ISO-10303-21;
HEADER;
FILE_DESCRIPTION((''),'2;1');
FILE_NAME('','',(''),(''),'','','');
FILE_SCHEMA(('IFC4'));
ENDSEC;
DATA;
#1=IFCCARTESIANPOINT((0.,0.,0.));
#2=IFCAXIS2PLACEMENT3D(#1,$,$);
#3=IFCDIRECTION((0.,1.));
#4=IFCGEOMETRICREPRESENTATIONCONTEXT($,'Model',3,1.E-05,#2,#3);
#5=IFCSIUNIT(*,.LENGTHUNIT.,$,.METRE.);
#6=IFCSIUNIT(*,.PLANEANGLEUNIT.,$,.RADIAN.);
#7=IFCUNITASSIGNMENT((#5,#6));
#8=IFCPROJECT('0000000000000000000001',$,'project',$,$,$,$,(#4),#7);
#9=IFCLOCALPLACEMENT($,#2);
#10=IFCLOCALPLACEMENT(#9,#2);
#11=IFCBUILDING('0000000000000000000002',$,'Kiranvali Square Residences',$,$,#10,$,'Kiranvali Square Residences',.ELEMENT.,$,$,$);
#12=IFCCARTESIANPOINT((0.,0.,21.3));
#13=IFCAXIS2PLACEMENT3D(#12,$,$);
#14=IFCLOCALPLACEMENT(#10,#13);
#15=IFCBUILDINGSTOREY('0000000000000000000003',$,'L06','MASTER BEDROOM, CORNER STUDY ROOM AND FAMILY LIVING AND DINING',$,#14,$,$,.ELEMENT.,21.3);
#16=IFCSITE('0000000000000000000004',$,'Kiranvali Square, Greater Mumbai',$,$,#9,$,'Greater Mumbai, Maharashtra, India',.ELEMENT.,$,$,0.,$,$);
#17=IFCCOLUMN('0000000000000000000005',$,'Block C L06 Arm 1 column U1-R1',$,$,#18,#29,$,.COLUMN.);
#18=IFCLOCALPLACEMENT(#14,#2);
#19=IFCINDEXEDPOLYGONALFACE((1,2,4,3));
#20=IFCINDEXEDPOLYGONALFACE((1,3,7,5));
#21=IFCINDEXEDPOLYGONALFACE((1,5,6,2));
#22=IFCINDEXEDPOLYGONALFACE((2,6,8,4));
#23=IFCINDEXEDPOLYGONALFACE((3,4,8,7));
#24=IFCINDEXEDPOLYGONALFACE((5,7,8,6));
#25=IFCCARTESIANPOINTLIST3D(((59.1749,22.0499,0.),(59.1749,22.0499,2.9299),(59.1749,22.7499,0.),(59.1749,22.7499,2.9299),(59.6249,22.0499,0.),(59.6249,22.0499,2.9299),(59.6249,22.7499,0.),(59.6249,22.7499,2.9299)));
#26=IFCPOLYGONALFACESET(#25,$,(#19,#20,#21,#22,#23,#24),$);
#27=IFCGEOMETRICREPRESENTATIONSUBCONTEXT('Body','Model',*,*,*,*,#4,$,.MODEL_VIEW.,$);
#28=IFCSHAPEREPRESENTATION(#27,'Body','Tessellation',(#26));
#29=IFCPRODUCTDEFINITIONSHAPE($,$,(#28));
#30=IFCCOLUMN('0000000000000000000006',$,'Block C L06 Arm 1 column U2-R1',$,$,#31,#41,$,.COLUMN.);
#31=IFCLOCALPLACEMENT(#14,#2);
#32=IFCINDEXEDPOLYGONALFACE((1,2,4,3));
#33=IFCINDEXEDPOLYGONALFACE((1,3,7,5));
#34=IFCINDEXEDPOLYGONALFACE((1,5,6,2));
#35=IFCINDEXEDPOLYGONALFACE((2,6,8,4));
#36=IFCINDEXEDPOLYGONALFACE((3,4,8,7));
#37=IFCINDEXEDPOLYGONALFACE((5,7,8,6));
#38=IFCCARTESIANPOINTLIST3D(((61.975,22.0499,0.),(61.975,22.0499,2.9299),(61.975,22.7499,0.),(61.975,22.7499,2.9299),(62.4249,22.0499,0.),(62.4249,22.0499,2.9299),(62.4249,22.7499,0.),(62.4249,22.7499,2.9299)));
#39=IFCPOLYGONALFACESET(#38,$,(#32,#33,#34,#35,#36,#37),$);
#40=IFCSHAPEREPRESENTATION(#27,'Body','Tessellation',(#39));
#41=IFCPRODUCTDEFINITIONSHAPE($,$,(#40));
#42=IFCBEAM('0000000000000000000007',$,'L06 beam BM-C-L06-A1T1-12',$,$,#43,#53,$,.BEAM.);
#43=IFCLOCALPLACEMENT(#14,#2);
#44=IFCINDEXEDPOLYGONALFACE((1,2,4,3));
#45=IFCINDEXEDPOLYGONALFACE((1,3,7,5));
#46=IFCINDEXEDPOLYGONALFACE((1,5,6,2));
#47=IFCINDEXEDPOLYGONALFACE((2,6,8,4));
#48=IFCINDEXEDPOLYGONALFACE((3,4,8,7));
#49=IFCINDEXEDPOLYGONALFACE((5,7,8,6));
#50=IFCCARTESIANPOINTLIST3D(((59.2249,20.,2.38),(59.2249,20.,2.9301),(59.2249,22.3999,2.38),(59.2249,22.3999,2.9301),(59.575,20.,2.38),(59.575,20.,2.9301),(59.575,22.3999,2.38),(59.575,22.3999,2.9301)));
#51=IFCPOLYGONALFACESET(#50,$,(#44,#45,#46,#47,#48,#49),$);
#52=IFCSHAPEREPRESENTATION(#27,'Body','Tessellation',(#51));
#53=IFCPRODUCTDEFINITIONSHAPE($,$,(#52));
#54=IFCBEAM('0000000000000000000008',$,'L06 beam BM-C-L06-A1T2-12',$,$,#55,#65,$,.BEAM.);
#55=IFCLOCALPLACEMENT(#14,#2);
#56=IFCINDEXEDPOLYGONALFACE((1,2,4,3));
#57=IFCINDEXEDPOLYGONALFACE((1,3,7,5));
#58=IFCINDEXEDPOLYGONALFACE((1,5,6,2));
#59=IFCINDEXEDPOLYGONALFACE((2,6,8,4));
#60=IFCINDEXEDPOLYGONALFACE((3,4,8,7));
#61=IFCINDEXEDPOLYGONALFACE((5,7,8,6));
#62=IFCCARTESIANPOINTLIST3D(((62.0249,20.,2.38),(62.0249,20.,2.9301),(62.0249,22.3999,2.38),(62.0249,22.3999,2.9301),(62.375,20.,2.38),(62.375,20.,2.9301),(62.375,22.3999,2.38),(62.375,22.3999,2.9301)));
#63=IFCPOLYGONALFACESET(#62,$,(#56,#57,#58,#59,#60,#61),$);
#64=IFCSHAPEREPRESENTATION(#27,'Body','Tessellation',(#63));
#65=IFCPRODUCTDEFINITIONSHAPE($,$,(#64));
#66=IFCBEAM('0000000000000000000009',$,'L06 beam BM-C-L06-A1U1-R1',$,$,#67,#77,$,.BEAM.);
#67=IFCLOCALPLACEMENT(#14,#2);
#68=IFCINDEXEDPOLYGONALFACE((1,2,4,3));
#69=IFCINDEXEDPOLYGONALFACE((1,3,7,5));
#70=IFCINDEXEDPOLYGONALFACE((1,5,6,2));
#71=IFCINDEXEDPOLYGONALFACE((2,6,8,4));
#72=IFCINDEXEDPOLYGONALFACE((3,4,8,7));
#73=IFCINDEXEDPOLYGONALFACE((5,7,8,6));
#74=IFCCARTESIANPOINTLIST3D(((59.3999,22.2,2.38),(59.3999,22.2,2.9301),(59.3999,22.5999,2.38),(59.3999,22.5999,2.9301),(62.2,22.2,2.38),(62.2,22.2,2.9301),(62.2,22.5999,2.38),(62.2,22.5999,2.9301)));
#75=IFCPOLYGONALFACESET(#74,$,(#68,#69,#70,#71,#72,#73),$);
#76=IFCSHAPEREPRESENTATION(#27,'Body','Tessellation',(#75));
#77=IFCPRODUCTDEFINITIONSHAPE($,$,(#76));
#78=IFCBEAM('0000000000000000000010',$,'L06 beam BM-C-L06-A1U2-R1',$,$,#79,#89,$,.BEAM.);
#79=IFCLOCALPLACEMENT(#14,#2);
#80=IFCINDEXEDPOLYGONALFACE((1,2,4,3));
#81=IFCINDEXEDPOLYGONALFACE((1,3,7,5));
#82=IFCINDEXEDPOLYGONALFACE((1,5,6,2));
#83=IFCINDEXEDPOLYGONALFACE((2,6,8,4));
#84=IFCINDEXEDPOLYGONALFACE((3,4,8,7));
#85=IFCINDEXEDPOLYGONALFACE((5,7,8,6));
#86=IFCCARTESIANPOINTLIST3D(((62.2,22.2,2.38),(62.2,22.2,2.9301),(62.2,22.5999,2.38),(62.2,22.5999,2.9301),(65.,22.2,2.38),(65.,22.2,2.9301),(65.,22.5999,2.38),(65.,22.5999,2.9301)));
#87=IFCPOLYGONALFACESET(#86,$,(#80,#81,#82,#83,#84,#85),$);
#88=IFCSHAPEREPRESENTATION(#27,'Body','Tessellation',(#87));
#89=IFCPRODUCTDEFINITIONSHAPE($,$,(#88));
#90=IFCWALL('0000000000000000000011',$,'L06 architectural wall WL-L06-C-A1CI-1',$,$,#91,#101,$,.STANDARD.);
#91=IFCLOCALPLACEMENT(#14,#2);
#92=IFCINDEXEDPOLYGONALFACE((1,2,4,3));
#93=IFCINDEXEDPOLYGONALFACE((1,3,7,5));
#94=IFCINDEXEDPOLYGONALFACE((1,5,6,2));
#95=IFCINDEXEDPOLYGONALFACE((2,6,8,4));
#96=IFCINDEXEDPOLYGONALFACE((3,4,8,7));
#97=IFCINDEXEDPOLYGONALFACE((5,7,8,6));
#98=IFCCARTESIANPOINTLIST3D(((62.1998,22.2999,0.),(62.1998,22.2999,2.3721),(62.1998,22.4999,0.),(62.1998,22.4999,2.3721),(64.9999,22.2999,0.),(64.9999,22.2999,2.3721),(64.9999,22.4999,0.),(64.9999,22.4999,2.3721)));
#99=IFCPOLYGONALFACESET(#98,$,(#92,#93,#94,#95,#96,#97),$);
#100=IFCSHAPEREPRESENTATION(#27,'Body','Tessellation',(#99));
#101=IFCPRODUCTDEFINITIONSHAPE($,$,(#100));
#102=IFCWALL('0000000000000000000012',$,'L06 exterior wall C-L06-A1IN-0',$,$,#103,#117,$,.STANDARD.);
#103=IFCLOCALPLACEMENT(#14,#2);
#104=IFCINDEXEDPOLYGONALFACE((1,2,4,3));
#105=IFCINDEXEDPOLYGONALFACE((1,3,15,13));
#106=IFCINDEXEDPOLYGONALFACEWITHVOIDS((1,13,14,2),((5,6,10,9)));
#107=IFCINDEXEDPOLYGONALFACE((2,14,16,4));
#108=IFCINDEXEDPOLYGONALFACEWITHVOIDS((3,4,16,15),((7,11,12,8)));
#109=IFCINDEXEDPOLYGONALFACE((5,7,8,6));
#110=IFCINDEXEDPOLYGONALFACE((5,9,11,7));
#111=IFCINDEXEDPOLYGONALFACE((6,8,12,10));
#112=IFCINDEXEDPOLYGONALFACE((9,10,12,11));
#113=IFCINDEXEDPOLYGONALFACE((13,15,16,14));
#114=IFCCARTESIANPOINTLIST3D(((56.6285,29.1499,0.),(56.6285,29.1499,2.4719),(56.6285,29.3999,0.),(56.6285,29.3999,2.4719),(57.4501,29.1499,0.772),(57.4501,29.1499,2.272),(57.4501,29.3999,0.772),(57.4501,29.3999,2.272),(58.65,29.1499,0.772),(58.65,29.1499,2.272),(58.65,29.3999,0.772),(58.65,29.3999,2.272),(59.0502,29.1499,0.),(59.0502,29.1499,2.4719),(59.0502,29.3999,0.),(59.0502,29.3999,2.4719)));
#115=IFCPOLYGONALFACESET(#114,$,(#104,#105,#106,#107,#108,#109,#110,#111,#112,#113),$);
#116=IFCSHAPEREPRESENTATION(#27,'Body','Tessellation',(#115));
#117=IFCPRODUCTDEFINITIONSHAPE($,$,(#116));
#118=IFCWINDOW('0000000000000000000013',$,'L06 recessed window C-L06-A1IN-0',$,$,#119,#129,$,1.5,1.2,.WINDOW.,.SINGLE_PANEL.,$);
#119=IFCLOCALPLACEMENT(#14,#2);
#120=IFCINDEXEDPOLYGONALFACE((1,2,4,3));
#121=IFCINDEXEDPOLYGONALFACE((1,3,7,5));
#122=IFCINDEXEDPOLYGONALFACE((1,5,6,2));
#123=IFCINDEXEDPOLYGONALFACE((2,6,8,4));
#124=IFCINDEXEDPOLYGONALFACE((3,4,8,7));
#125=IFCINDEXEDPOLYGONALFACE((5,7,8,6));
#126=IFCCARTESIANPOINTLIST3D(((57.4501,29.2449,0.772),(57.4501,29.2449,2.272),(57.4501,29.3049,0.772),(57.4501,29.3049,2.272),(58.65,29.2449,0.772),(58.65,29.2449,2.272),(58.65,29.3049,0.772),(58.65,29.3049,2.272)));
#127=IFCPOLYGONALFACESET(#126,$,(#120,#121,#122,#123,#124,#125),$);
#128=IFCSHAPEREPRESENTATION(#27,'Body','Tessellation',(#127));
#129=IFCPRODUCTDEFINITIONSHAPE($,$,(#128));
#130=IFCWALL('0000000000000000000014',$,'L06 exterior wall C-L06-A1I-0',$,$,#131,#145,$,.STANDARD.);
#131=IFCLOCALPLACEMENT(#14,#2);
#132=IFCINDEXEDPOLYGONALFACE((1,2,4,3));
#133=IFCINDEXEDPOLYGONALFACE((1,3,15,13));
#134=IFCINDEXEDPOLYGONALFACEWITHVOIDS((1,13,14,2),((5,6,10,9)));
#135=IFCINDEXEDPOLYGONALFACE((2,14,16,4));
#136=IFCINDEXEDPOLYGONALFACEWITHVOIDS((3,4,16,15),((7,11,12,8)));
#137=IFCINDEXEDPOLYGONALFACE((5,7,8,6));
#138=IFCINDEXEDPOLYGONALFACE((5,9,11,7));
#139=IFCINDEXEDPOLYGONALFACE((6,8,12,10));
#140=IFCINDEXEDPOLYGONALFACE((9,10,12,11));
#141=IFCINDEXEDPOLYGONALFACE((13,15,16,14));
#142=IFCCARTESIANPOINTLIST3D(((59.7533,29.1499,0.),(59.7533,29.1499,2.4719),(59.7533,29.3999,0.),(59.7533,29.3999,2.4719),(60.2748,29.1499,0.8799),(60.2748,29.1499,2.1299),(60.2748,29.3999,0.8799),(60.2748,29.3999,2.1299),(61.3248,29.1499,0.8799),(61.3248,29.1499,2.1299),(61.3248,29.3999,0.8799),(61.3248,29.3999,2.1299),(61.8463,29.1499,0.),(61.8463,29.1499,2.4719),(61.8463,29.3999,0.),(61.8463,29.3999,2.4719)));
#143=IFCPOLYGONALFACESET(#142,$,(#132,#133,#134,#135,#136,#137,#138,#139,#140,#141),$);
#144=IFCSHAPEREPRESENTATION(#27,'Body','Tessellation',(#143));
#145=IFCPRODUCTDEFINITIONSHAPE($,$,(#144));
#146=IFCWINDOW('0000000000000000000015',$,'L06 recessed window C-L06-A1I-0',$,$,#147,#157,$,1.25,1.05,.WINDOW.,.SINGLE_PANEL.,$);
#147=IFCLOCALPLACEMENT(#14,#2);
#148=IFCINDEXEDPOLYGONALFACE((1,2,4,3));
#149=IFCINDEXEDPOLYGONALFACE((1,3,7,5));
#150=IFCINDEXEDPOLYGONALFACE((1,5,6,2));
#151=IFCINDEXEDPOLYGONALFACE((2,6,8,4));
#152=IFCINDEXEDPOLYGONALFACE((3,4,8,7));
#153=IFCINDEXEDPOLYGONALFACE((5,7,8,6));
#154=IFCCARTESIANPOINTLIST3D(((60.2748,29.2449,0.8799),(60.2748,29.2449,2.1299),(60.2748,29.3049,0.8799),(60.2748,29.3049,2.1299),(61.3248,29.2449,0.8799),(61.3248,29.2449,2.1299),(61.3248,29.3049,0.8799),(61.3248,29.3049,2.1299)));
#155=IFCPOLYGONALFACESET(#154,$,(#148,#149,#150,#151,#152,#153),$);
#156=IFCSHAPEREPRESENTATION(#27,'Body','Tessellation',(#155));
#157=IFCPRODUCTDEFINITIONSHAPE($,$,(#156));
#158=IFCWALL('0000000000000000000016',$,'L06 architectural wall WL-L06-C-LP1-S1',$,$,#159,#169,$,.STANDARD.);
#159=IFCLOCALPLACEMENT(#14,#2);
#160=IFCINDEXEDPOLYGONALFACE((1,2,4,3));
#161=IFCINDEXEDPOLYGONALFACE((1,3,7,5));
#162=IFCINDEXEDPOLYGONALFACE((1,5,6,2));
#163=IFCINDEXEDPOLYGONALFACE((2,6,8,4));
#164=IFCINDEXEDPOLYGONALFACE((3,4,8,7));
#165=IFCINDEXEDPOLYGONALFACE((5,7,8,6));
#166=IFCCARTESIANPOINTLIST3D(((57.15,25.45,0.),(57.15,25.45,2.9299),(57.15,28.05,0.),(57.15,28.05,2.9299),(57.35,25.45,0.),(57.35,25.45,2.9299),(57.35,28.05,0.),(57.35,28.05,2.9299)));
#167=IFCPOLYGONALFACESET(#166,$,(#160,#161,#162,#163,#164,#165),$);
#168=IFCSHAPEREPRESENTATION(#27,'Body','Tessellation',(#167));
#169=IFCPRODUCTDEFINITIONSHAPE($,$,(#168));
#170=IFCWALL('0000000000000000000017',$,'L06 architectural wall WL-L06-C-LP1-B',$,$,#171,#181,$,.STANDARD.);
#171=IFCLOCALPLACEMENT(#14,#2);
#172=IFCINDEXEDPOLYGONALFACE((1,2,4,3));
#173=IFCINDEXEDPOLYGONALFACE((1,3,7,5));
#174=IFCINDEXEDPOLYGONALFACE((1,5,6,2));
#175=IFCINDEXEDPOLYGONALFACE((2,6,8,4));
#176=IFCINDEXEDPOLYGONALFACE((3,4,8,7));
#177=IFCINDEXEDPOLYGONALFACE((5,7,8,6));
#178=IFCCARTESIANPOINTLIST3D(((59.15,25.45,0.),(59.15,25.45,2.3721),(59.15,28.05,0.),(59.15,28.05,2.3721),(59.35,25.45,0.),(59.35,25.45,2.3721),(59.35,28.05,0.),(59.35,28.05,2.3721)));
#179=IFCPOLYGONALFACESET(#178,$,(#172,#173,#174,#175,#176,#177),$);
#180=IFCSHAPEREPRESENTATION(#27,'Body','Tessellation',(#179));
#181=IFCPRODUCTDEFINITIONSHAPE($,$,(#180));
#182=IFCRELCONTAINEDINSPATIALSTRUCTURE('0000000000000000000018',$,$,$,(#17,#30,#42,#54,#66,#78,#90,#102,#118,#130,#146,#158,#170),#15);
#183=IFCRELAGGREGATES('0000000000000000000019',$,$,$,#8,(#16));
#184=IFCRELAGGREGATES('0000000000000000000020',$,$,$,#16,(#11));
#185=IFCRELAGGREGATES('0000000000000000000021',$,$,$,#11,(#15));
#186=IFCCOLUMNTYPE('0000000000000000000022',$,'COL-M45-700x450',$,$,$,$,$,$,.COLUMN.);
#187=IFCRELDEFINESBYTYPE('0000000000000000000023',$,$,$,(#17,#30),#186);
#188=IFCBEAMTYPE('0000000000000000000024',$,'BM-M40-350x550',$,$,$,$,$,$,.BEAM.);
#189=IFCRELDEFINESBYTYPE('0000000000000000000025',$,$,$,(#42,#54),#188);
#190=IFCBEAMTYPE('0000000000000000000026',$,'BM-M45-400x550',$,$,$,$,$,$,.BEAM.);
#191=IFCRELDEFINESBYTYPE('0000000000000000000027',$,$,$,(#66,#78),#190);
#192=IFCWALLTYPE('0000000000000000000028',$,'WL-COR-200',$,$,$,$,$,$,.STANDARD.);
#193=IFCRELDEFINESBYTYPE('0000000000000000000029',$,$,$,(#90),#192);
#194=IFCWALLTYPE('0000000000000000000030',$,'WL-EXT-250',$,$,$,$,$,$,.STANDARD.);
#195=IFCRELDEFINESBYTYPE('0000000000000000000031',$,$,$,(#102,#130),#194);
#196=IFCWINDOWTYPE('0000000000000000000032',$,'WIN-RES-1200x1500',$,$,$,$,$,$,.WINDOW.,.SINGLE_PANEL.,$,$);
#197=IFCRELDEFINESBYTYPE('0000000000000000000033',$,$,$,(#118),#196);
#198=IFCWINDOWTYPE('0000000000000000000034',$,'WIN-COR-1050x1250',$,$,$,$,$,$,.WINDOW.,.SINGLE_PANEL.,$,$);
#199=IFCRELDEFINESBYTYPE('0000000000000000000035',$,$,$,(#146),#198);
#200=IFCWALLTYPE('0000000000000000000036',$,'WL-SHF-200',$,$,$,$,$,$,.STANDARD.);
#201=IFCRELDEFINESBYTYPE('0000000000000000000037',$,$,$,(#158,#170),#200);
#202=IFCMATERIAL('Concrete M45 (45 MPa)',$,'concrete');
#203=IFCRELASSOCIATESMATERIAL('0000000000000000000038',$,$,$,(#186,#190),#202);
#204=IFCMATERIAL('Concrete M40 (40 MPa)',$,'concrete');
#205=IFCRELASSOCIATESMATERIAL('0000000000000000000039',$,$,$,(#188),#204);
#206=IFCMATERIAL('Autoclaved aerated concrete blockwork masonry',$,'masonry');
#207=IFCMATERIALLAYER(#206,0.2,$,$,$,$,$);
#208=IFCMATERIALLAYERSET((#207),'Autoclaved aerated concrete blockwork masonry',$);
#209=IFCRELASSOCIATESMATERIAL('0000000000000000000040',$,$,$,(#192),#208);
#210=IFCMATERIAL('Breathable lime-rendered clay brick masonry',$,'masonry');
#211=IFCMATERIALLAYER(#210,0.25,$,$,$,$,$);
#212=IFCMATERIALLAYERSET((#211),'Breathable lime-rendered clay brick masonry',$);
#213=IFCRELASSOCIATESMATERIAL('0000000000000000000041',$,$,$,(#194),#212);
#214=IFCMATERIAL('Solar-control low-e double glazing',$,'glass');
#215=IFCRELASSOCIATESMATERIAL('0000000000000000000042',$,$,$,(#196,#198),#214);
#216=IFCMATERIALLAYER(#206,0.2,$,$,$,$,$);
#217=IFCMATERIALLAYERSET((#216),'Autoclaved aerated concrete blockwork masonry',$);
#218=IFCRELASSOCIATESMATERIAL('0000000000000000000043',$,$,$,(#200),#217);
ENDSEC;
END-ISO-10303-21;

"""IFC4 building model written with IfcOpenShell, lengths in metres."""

from ifc_helpers import new_model, si_unit, direction, frame, frame_2d, origin, origin_2d, place, context, subcontext, project, spatial, rectangle, extrude, material, layer, layer_set, material_profile, profile_set, type_object, element, fill, save


model = new_model("IFC4")

# Units and contexts
model_context = context("Model", 3, precision=1e-05, world=origin(), true_north=direction((0.0, 1.0)))
body_context = subcontext(model_context, "Body", "Model", "MODEL_VIEW")
ifc_project = project(units=[si_unit("LENGTHUNIT", "METRE"), si_unit("PLANEANGLEUNIT", "RADIAN")], contexts=[model_context])

# Site, building, storey
site_placement = place(None, origin())
site = spatial("IfcSite", under=ifc_project, at=site_placement, Name="Kiranvali Square, Greater Mumbai", LongName="Greater Mumbai, Maharashtra, India", CompositionType="ELEMENT", RefElevation=0.0)
building_placement = place(site_placement, origin())
building = spatial("IfcBuilding", under=site, at=building_placement, Name="Kiranvali Square Residences", LongName="Kiranvali Square Residences", CompositionType="ELEMENT")
storey_placement = place(building_placement, frame((0.0, 0.0, 21.3)))
storey = spatial("IfcBuildingStorey", under=building, at=storey_placement, Name="L06", Description="MASTER BEDROOM, CORNER STUDY ROOM AND FAMILY LIVING AND DINING", CompositionType="ELEMENT", Elevation=21.3)

# Columns
ifc_material_1 = material(Name="Concrete M45 (45 MPa)", Category="concrete")
ifc_material_profile_1 = material_profile(ifc_material_1, rectangle(XDim=0.45, YDim=0.7, at=origin_2d()), Name="RC 700x450")
ifc_profile_set_1 = profile_set([ifc_material_profile_1], Name="Concrete M45 (45 MPa)")
column_type = type_object("IfcColumnType", Name="COL-M45-700x450", PredefinedType="COLUMN", material=ifc_profile_set_1)
for number, where, z_axis, x_axis, name in (
    (1, (59.3999, 22.3999, 0.0), (0.0, 0.0, 1.0), (1.0, 0.0, 0.0), "Block C L06 Arm 1 column U1-R1"),
    (2, (62.2, 22.3999, 0.0), (0.0, 0.0, 1.0), (1.0, 0.0, 0.0), "Block C L06 Arm 1 column U2-R1"),
):
    element("IfcColumn", number, at=place(storey_placement, frame(where, z_axis=z_axis, x_axis=x_axis)), inside=storey, type_object=column_type, Name=name, PredefinedType="COLUMN", context=body_context, shape_type="SweptSolid", body=[
        extrude(rectangle(XDim=0.45, YDim=0.7, at=origin_2d()), origin(), (0.0, 0.0, 1.0), 2.9299),
    ])

# Beams
ifc_material_2 = material(Name="Concrete M40 (40 MPa)", Category="concrete")
ifc_material_profile_2 = material_profile(ifc_material_2, rectangle(XDim=0.3501, YDim=0.55, at=origin_2d()), Name="RC 350x550")
ifc_profile_set_2 = profile_set([ifc_material_profile_2], Name="Concrete M40 (40 MPa)")
beam_type_1 = type_object("IfcBeamType", Name="BM-M40-350x550", PredefinedType="BEAM", material=ifc_profile_set_2)
for number, where, z_axis, x_axis, name in (
    (3, (59.3999, 22.3999, 2.655), (0.0, -1.0, 0.0), (1.0, 0.0, 0.0), "L06 beam BM-C-L06-A1T1-12"),
    (4, (62.2, 22.3999, 2.655), (0.0, -1.0, 0.0), (1.0, 0.0, 0.0), "L06 beam BM-C-L06-A1T2-12"),
):
    element("IfcBeam", number, at=place(storey_placement, frame(where, z_axis=z_axis, x_axis=x_axis)), inside=storey, type_object=beam_type_1, Name=name, PredefinedType="BEAM", context=body_context, shape_type="SweptSolid", body=[
        extrude(rectangle(XDim=0.3501, YDim=0.55, at=origin_2d()), origin(), (0.0, 0.0, 1.0), 2.3999),
    ])
ifc_material_profile_3 = material_profile(ifc_material_1, rectangle(XDim=0.3999, YDim=0.55, at=origin_2d()), Name="RC 400x550")
ifc_profile_set_3 = profile_set([ifc_material_profile_3], Name="Concrete M45 (45 MPa)")
beam_type_2 = type_object("IfcBeamType", Name="BM-M45-400x550", PredefinedType="BEAM", material=ifc_profile_set_3)
for number, where, z_axis, x_axis, name in (
    (5, (59.3999, 22.3999, 2.655), (1.0, 0.0, 0.0), (0.0, 1.0, 0.0), "L06 beam BM-C-L06-A1U1-R1"),
    (6, (62.2, 22.3999, 2.655), (1.0, 0.0, 0.0), (0.0, 1.0, 0.0), "L06 beam BM-C-L06-A1U2-R1"),
):
    element("IfcBeam", number, at=place(storey_placement, frame(where, z_axis=z_axis, x_axis=x_axis)), inside=storey, type_object=beam_type_2, Name=name, PredefinedType="BEAM", context=body_context, shape_type="SweptSolid", body=[
        extrude(rectangle(XDim=0.3999, YDim=0.55, at=origin_2d()), origin(), (0.0, 0.0, 1.0), 2.8),
    ])

# Shared definitions
ifc_material_3 = material(Name="Autoclaved aerated concrete blockwork masonry", Category="masonry")
ifc_layer_1 = layer(ifc_material_3, 0.2)
ifc_layer_set_1 = layer_set([ifc_layer_1], Name="Autoclaved aerated concrete blockwork masonry")
wall_type_1 = type_object("IfcWallType", Name="WL-COR-200", PredefinedType="STANDARD", material=ifc_layer_set_1)

# Wall
wall_1_placement = place(storey_placement, frame((62.2, 22.3999, 0.0), z_axis=(0.0, 0.0, 1.0), x_axis=(1.0, 0.0, 0.0)))
element("IfcWall", 7, at=wall_1_placement, inside=storey, type_object=wall_type_1, Name="L06 architectural wall WL-L06-C-A1CI-1", PredefinedType="STANDARD", context=body_context, shape_type="SweptSolid", body=[
    extrude(rectangle(XDim=2.8, YDim=0.2, at=frame_2d((1.3999, 0.0))), origin(), (0.0, 0.0, 1.0), 2.3721),
])

# Walls, openings, windows
ifc_material_4 = material(Name="Breathable lime-rendered clay brick masonry", Category="masonry")
ifc_layer_2 = layer(ifc_material_4, 0.25)
ifc_layer_set_2 = layer_set([ifc_layer_2], Name="Breathable lime-rendered clay brick masonry")
wall_type_2 = type_object("IfcWallType", Name="WL-EXT-250", PredefinedType="STANDARD", material=ifc_layer_set_2)
wall_2_placement = place(storey_placement, frame((56.6284, 29.2749, 0.0), z_axis=(0.0, 0.0, 1.0), x_axis=(1.0, 0.0, 0.0)))
wall_2 = element("IfcWall", 8, at=wall_2_placement, inside=storey, type_object=wall_type_2, Name="L06 exterior wall C-L06-A1IN-0", PredefinedType="STANDARD", context=body_context, shape_type="SweptSolid", body=[
    extrude(rectangle(XDim=2.4216, YDim=0.25, at=frame_2d((1.2109, 0.0))), origin(), (0.0, 0.0, 1.0), 2.4719),
])
opening_1_placement = place(wall_2_placement, frame((0.8215, 0.0, 0.772)))
opening_1 = element("IfcOpeningElement", 9, at=opening_1_placement, cuts=wall_2, PredefinedType="OPENING", context=body_context, shape_type="SweptSolid", body=[
    extrude(rectangle(XDim=1.2, YDim=1.5, at=frame_2d((0.6001, 0.75))), frame((0.0, 0.135, 0.0), z_axis=(0.0, -1.0, 0.0), x_axis=(1.0, 0.0, 0.0)), (0.0, 0.0, 1.0), 0.27),
])
ifc_material_5 = material(Name="Solar-control low-e double glazing", Category="glass")
window_type_1 = type_object("IfcWindowType", Name="WIN-RES-1200x1500", PartitioningType="SINGLE_PANEL", PredefinedType="WINDOW", material=ifc_material_5)
window_1_placement = place(opening_1_placement, origin())
window_1 = element("IfcWindow", 10, at=window_1_placement, inside=storey, type_object=window_type_1, Name="L06 recessed window C-L06-A1IN-0", OverallHeight=1.5, OverallWidth=1.2, PartitioningType="SINGLE_PANEL", PredefinedType="WINDOW", context=body_context, shape_type="SweptSolid", body=[
    extrude(rectangle(XDim=1.2, YDim=1.5, at=frame_2d((0.6001, 0.75))), frame((0.0, 0.03, 0.0), z_axis=(0.0, -1.0, 0.0), x_axis=(1.0, 0.0, 0.0)), (0.0, 0.0, 1.0), 0.0601),
])
fill(opening_1, window_1)
wall_3_placement = place(storey_placement, frame((59.7534, 29.2749, 0.0), z_axis=(0.0, 0.0, 1.0), x_axis=(1.0, 0.0, 0.0)))
wall_3 = element("IfcWall", 11, at=wall_3_placement, inside=storey, type_object=wall_type_2, Name="L06 exterior wall C-L06-A1I-0", PredefinedType="STANDARD", context=body_context, shape_type="SweptSolid", body=[
    extrude(rectangle(XDim=2.093, YDim=0.25, at=frame_2d((1.0464, 0.0))), origin(), (0.0, 0.0, 1.0), 2.4719),
])
opening_2_placement = place(wall_3_placement, frame((0.5215, 0.0, 0.8799)))
opening_2 = element("IfcOpeningElement", 12, at=opening_2_placement, cuts=wall_3, PredefinedType="OPENING", context=body_context, shape_type="SweptSolid", body=[
    extrude(rectangle(XDim=1.05, YDim=1.25, at=frame_2d((0.5249, 0.625))), frame((0.0, 0.135, 0.0), z_axis=(0.0, -1.0, 0.0), x_axis=(1.0, 0.0, 0.0)), (0.0, 0.0, 1.0), 0.27),
])
window_type_2 = type_object("IfcWindowType", Name="WIN-COR-1050x1250", PartitioningType="SINGLE_PANEL", PredefinedType="WINDOW", material=ifc_material_5)
window_2_placement = place(opening_2_placement, origin())
window_2 = element("IfcWindow", 13, at=window_2_placement, inside=storey, type_object=window_type_2, Name="L06 recessed window C-L06-A1I-0", OverallHeight=1.25, OverallWidth=1.05, PartitioningType="SINGLE_PANEL", PredefinedType="WINDOW", context=body_context, shape_type="SweptSolid", body=[
    extrude(rectangle(XDim=1.05, YDim=1.25, at=frame_2d((0.5249, 0.625))), frame((0.0, 0.03, 0.0), z_axis=(0.0, -1.0, 0.0), x_axis=(1.0, 0.0, 0.0)), (0.0, 0.0, 1.0), 0.0601),
])
fill(opening_2, window_2)

# Walls
ifc_layer_3 = layer(ifc_material_3, 0.2)
ifc_layer_set_3 = layer_set([ifc_layer_3], Name="Autoclaved aerated concrete blockwork masonry")
wall_type_3 = type_object("IfcWallType", Name="WL-SHF-200", PredefinedType="STANDARD", material=ifc_layer_set_3)
wall_4_placement = place(storey_placement, frame((57.25, 28.05, 0.0), z_axis=(0.0, 0.0, 1.0), x_axis=(0.0, -1.0, 0.0)))
element("IfcWall", 14, at=wall_4_placement, inside=storey, type_object=wall_type_3, Name="L06 architectural wall WL-L06-C-LP1-S1", PredefinedType="STANDARD", context=body_context, shape_type="SweptSolid", body=[
    extrude(rectangle(XDim=2.6001, YDim=0.2, at=frame_2d((1.3, 0.0))), origin(), (0.0, 0.0, 1.0), 2.9299),
])
wall_5_placement = place(storey_placement, frame((59.25, 28.05, 0.0), z_axis=(0.0, 0.0, 1.0), x_axis=(0.0, -1.0, 0.0)))
element("IfcWall", 15, at=wall_5_placement, inside=storey, type_object=wall_type_3, Name="L06 architectural wall WL-L06-C-LP1-B", PredefinedType="STANDARD", context=body_context, shape_type="SweptSolid", body=[
    extrude(rectangle(XDim=2.6001, YDim=0.2, at=frame_2d((1.3, 0.0))), origin(), (0.0, 0.0, 1.0), 2.3721),
])

save(model, "model.ifc")
